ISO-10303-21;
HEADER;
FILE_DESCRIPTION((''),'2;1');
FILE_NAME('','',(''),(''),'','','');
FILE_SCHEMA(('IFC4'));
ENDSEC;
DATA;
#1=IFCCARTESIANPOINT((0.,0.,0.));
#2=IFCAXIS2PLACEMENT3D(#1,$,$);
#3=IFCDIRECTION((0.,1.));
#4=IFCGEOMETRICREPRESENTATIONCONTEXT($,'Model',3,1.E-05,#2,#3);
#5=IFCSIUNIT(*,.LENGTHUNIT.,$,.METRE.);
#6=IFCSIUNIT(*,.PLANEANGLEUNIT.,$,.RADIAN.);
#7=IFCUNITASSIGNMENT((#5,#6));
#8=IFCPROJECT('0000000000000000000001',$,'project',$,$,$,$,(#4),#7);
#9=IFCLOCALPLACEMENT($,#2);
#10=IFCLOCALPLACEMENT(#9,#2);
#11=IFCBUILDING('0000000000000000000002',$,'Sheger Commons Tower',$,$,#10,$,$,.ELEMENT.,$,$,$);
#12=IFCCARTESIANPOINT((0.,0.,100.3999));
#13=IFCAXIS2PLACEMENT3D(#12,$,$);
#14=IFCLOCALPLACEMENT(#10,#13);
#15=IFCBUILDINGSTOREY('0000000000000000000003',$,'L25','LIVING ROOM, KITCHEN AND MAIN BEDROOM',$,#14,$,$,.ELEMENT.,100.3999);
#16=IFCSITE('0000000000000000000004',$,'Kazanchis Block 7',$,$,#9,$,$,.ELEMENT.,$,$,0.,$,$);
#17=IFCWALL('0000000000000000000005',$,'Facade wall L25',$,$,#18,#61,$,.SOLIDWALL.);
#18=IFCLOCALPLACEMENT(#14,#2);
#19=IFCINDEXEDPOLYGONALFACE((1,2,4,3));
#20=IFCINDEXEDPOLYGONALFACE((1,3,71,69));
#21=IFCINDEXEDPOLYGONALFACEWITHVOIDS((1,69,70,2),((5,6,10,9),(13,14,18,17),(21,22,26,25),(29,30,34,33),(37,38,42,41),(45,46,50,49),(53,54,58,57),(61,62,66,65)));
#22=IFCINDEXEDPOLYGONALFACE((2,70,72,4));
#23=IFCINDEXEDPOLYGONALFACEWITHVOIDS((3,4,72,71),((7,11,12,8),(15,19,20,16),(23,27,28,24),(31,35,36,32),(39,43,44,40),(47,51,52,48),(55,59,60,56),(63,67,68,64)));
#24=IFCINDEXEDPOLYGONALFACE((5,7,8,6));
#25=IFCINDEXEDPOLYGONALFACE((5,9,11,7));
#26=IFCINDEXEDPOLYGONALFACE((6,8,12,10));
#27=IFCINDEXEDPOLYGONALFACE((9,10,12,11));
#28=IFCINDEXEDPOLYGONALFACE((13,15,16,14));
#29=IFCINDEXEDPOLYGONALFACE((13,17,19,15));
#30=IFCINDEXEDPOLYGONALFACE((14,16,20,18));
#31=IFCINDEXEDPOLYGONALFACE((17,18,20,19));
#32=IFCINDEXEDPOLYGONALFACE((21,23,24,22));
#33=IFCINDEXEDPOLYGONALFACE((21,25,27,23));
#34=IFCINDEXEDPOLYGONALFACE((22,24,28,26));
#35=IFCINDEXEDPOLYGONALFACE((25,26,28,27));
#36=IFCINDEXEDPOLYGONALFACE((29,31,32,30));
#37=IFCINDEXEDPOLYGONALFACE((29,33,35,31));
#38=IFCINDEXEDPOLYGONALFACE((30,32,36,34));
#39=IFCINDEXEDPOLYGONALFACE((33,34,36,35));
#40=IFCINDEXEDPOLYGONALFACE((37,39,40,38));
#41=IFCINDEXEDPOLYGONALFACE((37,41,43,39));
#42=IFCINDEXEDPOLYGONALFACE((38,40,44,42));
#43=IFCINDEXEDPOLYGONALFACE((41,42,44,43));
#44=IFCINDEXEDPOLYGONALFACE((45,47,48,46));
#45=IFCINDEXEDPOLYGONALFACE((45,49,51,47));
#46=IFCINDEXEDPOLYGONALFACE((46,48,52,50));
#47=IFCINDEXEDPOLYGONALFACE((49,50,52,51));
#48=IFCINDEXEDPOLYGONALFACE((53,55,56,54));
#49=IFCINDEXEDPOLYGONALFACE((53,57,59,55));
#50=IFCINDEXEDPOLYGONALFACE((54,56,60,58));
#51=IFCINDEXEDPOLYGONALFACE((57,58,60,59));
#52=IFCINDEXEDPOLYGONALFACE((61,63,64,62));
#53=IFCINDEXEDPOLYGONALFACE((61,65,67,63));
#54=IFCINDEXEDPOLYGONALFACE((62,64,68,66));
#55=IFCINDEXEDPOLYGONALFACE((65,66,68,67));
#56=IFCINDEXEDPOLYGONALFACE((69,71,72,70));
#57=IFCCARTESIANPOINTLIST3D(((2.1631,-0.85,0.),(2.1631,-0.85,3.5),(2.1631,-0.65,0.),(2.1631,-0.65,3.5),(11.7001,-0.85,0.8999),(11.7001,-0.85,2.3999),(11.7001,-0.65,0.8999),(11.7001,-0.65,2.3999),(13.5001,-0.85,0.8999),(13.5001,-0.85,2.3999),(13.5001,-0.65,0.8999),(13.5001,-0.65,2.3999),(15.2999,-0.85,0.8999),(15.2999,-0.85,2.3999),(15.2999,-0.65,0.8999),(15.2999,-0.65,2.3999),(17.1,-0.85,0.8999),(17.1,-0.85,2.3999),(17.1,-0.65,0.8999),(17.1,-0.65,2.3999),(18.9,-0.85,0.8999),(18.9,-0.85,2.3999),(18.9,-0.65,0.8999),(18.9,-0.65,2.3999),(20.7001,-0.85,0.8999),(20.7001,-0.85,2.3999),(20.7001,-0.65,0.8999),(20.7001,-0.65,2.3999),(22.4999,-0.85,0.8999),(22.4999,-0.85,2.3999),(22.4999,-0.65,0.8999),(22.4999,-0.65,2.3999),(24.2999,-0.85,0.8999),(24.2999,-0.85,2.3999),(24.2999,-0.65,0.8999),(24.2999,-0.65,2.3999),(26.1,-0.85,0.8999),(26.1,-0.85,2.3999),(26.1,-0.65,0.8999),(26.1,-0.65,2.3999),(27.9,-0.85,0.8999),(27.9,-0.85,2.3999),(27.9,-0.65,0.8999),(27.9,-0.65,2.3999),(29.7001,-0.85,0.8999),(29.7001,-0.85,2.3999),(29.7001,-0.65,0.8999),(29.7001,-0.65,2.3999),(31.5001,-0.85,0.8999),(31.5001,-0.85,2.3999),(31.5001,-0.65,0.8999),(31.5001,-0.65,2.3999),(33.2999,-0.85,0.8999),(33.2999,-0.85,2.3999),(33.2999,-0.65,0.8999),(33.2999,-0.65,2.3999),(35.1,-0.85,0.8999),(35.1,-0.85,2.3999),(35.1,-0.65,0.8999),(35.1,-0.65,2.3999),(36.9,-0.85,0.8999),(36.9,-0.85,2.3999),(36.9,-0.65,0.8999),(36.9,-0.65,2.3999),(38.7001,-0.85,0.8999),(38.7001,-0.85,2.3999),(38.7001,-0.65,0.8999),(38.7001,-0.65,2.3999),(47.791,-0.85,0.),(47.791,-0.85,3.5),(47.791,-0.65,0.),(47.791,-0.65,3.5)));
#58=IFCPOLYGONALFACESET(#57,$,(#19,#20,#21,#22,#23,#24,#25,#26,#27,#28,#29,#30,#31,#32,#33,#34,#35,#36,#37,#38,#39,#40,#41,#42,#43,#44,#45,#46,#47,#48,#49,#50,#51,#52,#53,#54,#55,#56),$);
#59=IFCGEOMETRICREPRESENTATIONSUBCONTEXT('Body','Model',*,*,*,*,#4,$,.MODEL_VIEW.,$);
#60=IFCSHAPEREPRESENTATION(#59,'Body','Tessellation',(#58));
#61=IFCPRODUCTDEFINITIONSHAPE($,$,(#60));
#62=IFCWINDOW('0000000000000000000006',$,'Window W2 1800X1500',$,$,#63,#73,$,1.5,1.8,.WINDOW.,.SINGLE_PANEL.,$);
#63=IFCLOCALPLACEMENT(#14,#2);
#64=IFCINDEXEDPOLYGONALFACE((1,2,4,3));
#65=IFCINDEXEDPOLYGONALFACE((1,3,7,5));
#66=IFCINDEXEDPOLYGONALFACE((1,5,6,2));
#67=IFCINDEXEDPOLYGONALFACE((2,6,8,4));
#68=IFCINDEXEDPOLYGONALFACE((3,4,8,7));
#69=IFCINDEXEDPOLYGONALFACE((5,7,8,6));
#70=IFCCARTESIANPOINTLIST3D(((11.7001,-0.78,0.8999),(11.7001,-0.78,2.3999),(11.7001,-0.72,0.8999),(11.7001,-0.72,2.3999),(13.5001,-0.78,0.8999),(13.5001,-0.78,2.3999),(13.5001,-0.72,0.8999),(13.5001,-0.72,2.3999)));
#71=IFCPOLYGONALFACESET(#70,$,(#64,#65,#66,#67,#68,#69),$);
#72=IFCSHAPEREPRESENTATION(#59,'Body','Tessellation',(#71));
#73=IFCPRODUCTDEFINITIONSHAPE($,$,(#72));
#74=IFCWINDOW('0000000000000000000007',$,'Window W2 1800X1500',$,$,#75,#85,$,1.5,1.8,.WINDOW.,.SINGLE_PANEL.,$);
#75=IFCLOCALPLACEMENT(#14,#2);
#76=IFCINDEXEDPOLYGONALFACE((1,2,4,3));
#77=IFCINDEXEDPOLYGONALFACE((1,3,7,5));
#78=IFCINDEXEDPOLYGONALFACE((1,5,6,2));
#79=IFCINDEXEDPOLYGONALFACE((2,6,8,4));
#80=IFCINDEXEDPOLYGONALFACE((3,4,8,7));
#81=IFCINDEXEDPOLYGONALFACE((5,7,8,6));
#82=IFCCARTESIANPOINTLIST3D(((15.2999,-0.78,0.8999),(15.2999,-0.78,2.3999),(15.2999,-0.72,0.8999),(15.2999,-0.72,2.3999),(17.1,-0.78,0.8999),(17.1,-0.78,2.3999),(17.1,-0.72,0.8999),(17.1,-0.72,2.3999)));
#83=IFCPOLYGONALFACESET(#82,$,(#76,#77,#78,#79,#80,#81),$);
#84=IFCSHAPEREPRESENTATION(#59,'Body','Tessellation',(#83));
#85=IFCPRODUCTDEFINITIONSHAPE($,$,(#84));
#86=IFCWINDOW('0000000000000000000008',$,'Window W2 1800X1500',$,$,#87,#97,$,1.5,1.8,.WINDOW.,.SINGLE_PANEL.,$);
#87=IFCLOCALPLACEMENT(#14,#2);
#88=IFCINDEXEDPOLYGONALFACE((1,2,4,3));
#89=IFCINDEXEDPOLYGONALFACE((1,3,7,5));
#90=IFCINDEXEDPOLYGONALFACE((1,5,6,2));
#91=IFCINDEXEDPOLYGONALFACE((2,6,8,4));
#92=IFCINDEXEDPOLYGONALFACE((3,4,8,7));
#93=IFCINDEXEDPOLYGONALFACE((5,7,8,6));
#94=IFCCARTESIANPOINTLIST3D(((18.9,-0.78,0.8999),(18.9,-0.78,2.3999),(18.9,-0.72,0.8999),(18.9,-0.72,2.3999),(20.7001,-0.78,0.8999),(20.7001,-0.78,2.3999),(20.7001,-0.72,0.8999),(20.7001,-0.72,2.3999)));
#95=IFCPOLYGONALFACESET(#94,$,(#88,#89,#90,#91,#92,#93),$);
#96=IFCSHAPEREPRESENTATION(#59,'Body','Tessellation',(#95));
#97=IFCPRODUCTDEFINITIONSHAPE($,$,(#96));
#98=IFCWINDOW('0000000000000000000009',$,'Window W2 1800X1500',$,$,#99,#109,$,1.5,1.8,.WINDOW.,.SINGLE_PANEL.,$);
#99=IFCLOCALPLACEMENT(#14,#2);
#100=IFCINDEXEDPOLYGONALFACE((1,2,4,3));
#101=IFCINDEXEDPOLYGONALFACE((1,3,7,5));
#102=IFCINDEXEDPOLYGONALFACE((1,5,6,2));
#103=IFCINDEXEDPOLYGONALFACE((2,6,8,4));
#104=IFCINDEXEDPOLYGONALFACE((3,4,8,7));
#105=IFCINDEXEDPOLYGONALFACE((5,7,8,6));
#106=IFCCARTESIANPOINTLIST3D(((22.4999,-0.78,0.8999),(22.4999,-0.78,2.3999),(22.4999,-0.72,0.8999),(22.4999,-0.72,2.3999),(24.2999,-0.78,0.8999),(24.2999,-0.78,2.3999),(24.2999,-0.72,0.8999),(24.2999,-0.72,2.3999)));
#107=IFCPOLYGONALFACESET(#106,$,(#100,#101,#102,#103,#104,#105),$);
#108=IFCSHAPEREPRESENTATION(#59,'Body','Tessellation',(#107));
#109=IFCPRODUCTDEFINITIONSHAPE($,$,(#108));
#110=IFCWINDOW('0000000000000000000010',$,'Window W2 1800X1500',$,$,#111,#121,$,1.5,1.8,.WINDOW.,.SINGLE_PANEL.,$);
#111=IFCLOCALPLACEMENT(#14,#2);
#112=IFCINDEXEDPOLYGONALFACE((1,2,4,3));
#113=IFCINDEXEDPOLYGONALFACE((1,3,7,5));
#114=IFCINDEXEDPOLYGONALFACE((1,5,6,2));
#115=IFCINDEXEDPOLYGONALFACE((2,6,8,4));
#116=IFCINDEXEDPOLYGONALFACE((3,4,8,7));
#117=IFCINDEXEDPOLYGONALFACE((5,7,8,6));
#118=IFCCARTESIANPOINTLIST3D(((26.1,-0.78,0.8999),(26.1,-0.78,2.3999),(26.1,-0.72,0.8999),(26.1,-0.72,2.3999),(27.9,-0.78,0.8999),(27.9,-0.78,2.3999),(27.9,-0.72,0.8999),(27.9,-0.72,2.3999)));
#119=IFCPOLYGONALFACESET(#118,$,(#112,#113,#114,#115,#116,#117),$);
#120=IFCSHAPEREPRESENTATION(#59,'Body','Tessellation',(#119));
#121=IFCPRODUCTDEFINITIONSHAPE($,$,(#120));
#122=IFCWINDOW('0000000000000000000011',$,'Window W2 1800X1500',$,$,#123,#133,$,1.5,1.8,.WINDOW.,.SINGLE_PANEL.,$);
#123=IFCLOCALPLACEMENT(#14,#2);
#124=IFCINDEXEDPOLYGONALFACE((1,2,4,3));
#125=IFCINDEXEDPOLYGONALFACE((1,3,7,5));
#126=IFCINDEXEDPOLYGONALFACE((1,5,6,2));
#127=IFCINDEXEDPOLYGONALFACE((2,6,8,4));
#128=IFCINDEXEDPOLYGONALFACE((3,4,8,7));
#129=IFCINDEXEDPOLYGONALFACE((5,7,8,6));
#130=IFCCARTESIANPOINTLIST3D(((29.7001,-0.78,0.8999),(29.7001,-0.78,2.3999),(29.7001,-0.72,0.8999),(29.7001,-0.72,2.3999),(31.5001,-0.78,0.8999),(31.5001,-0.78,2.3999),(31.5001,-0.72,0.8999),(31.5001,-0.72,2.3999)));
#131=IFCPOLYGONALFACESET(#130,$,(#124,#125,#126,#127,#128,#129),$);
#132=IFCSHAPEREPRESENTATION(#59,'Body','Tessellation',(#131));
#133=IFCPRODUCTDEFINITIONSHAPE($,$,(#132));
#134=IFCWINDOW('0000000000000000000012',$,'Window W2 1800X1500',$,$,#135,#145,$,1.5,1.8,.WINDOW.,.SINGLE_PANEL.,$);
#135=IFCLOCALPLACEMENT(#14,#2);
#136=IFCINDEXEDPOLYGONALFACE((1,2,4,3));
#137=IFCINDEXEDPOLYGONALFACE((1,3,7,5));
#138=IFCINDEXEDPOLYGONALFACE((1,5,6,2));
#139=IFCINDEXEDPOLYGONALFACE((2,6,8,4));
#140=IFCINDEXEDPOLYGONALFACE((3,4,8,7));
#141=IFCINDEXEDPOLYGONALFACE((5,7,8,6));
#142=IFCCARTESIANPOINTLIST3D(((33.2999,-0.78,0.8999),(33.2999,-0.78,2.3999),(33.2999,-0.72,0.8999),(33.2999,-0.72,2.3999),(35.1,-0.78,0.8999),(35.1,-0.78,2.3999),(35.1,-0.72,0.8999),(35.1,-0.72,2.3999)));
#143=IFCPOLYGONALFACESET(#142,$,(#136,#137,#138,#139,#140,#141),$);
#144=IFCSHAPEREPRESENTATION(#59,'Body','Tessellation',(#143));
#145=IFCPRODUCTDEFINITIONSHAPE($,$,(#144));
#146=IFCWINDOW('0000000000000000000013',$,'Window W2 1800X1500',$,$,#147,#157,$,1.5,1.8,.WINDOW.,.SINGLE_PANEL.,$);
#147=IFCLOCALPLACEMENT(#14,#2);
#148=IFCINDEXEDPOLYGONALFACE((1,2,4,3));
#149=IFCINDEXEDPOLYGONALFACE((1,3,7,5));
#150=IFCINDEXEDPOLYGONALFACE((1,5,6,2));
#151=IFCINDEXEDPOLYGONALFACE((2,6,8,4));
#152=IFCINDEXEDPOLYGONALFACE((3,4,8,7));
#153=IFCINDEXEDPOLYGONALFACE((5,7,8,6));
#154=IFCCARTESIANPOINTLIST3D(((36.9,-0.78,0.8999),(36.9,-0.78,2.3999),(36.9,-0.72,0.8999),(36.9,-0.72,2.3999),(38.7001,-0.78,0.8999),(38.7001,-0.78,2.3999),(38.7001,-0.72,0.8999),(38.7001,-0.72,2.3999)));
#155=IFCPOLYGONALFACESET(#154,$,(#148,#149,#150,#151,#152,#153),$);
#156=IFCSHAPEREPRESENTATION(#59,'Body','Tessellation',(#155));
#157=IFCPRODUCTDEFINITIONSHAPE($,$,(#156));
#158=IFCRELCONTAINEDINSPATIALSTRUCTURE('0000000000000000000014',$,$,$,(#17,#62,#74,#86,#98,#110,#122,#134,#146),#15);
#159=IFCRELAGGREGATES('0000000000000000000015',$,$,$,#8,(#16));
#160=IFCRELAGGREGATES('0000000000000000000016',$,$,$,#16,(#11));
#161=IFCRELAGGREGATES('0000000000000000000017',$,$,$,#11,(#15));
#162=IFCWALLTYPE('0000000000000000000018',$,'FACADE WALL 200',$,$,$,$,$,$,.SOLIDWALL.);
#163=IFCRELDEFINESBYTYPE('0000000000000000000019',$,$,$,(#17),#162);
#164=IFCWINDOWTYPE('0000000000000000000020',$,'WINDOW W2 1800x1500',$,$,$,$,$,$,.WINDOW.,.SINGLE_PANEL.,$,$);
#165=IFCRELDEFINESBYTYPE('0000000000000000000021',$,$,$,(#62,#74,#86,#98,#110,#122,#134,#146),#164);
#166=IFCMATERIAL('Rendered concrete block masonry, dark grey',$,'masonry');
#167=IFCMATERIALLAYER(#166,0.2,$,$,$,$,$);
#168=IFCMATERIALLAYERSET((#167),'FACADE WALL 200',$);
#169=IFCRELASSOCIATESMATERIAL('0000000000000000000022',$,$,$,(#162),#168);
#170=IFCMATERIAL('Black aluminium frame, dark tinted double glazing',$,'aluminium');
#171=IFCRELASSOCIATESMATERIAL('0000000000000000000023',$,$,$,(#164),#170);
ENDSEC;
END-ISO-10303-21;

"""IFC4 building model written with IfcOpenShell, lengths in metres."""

from ifc_helpers import new_model, si_unit, direction, frame, frame_2d, origin, place, context, subcontext, project, spatial, rectangle, extrude, material, layer, layer_set, type_object, element, fill, save


model = new_model("IFC4")

# Units and contexts
model_context = context("Model", 3, precision=1e-05, world=origin(), true_north=direction((0.0, 1.0)))
body_context = subcontext(model_context, "Body", "Model", "MODEL_VIEW")
ifc_project = project(units=[si_unit("LENGTHUNIT", "METRE"), si_unit("PLANEANGLEUNIT", "RADIAN")], contexts=[model_context])

# Site, building, storey
site_placement = place(None, origin())
site = spatial("IfcSite", under=ifc_project, at=site_placement, Name="Kazanchis Block 7", CompositionType="ELEMENT", RefElevation=0.0)
building_placement = place(site_placement, origin())
building = spatial("IfcBuilding", under=site, at=building_placement, Name="Sheger Commons Tower", CompositionType="ELEMENT")
storey_placement = place(building_placement, frame((0.0, 0.0, 100.3999)))
storey = spatial("IfcBuildingStorey", under=building, at=storey_placement, Name="L25", Description="LIVING ROOM, KITCHEN AND MAIN BEDROOM", CompositionType="ELEMENT", Elevation=100.3999)

# Wall, openings, windows
ifc_material_1 = material(Name="Rendered concrete block masonry, dark grey", Category="masonry")
ifc_layer_1 = layer(ifc_material_1, 0.2)
ifc_layer_set_1 = layer_set([ifc_layer_1], Name="FACADE WALL 200")
wall_type_1 = type_object("IfcWallType", Name="FACADE WALL 200", PredefinedType="SOLIDWALL", material=ifc_layer_set_1)
wall_1_placement = place(storey_placement, frame((2.1631, -0.75, 0.0), z_axis=(0.0, 0.0, 1.0), x_axis=(1.0, 0.0, 0.0)))
wall_1 = element("IfcWall", 1, at=wall_1_placement, inside=storey, type_object=wall_type_1, Name="Facade wall L25", PredefinedType="SOLIDWALL", context=body_context, shape_type="SweptSolid", body=[
    extrude(rectangle(XDim=45.6279, YDim=0.2, at=frame_2d((22.814, 0.0))), origin(), (0.0, 0.0, 1.0), 3.5),
])
opening_1_placement = place(wall_1_placement, frame((9.5371, 0.0, 0.8999)))
opening_1 = element("IfcOpeningElement", 2, at=opening_1_placement, cuts=wall_1, PredefinedType="OPENING", context=body_context, shape_type="SweptSolid", body=[
    extrude(rectangle(XDim=1.8, YDim=1.5, at=frame_2d((0.8999, 0.75))), frame((0.0, 0.1099, 0.0), z_axis=(0.0, -1.0, 0.0), x_axis=(1.0, 0.0, 0.0)), (0.0, 0.0, 1.0), 0.22),
])
opening_2_placement = place(wall_1_placement, frame((13.137, 0.0, 0.8999)))
opening_2 = element("IfcOpeningElement", 3, at=opening_2_placement, cuts=wall_1, PredefinedType="OPENING", context=body_context, shape_type="SweptSolid", body=[
    extrude(rectangle(XDim=1.8, YDim=1.5, at=frame_2d((0.8999, 0.75))), frame((0.0, 0.1099, 0.0), z_axis=(0.0, -1.0, 0.0), x_axis=(1.0, 0.0, 0.0)), (0.0, 0.0, 1.0), 0.22),
])
opening_3_placement = place(wall_1_placement, frame((16.7371, 0.0, 0.8999)))
opening_3 = element("IfcOpeningElement", 4, at=opening_3_placement, cuts=wall_1, PredefinedType="OPENING", context=body_context, shape_type="SweptSolid", body=[
    extrude(rectangle(XDim=1.8, YDim=1.5, at=frame_2d((0.8999, 0.75))), frame((0.0, 0.1099, 0.0), z_axis=(0.0, -1.0, 0.0), x_axis=(1.0, 0.0, 0.0)), (0.0, 0.0, 1.0), 0.22),
])
opening_4_placement = place(wall_1_placement, frame((20.3369, 0.0, 0.8999)))
opening_4 = element("IfcOpeningElement", 5, at=opening_4_placement, cuts=wall_1, PredefinedType="OPENING", context=body_context, shape_type="SweptSolid", body=[
    extrude(rectangle(XDim=1.8, YDim=1.5, at=frame_2d((0.8999, 0.75))), frame((0.0, 0.1099, 0.0), z_axis=(0.0, -1.0, 0.0), x_axis=(1.0, 0.0, 0.0)), (0.0, 0.0, 1.0), 0.22),
])
opening_5_placement = place(wall_1_placement, frame((23.937, 0.0, 0.8999)))
opening_5 = element("IfcOpeningElement", 6, at=opening_5_placement, cuts=wall_1, PredefinedType="OPENING", context=body_context, shape_type="SweptSolid", body=[
    extrude(rectangle(XDim=1.8, YDim=1.5, at=frame_2d((0.8999, 0.75))), frame((0.0, 0.1099, 0.0), z_axis=(0.0, -1.0, 0.0), x_axis=(1.0, 0.0, 0.0)), (0.0, 0.0, 1.0), 0.22),
])
opening_6_placement = place(wall_1_placement, frame((27.5371, 0.0, 0.8999)))
opening_6 = element("IfcOpeningElement", 7, at=opening_6_placement, cuts=wall_1, PredefinedType="OPENING", context=body_context, shape_type="SweptSolid", body=[
    extrude(rectangle(XDim=1.8, YDim=1.5, at=frame_2d((0.8999, 0.75))), frame((0.0, 0.1099, 0.0), z_axis=(0.0, -1.0, 0.0), x_axis=(1.0, 0.0, 0.0)), (0.0, 0.0, 1.0), 0.22),
])
opening_7_placement = place(wall_1_placement, frame((31.137, 0.0, 0.8999)))
opening_7 = element("IfcOpeningElement", 8, at=opening_7_placement, cuts=wall_1, PredefinedType="OPENING", context=body_context, shape_type="SweptSolid", body=[
    extrude(rectangle(XDim=1.8, YDim=1.5, at=frame_2d((0.8999, 0.75))), frame((0.0, 0.1099, 0.0), z_axis=(0.0, -1.0, 0.0), x_axis=(1.0, 0.0, 0.0)), (0.0, 0.0, 1.0), 0.22),
])
opening_8_placement = place(wall_1_placement, frame((34.7371, 0.0, 0.8999)))
opening_8 = element("IfcOpeningElement", 9, at=opening_8_placement, cuts=wall_1, PredefinedType="OPENING", context=body_context, shape_type="SweptSolid", body=[
    extrude(rectangle(XDim=1.8, YDim=1.5, at=frame_2d((0.8999, 0.75))), frame((0.0, 0.1099, 0.0), z_axis=(0.0, -1.0, 0.0), x_axis=(1.0, 0.0, 0.0)), (0.0, 0.0, 1.0), 0.22),
])
ifc_material_2 = material(Name="Black aluminium frame, dark tinted double glazing", Category="aluminium")
window_type = type_object("IfcWindowType", Name="WINDOW W2 1800x1500", PartitioningType="SINGLE_PANEL", PredefinedType="WINDOW", material=ifc_material_2)
window_1_placement = place(opening_1_placement, origin())
window_1 = element("IfcWindow", 10, at=window_1_placement, inside=storey, type_object=window_type, Name="Window W2 1800X1500", OverallHeight=1.5, OverallWidth=1.8, PartitioningType="SINGLE_PANEL", PredefinedType="WINDOW", context=body_context, shape_type="SweptSolid", body=[
    extrude(rectangle(XDim=1.8, YDim=1.5, at=frame_2d((0.8999, 0.75))), frame((0.0, 0.03, 0.0), z_axis=(0.0, -1.0, 0.0), x_axis=(1.0, 0.0, 0.0)), (0.0, 0.0, 1.0), 0.0601),
])
fill(opening_1, window_1)
window_2_placement = place(opening_2_placement, origin())
window_2 = element("IfcWindow", 11, at=window_2_placement, inside=storey, type_object=window_type, Name="Window W2 1800X1500", OverallHeight=1.5, OverallWidth=1.8, PartitioningType="SINGLE_PANEL", PredefinedType="WINDOW", context=body_context, shape_type="SweptSolid", body=[
    extrude(rectangle(XDim=1.8, YDim=1.5, at=frame_2d((0.8999, 0.75))), frame((0.0, 0.03, 0.0), z_axis=(0.0, -1.0, 0.0), x_axis=(1.0, 0.0, 0.0)), (0.0, 0.0, 1.0), 0.0601),
])
fill(opening_2, window_2)
window_3_placement = place(opening_3_placement, origin())
window_3 = element("IfcWindow", 12, at=window_3_placement, inside=storey, type_object=window_type, Name="Window W2 1800X1500", OverallHeight=1.5, OverallWidth=1.8, PartitioningType="SINGLE_PANEL", PredefinedType="WINDOW", context=body_context, shape_type="SweptSolid", body=[
    extrude(rectangle(XDim=1.8, YDim=1.5, at=frame_2d((0.8999, 0.75))), frame((0.0, 0.03, 0.0), z_axis=(0.0, -1.0, 0.0), x_axis=(1.0, 0.0, 0.0)), (0.0, 0.0, 1.0), 0.0601),
])
fill(opening_3, window_3)
window_4_placement = place(opening_4_placement, origin())
window_4 = element("IfcWindow", 13, at=window_4_placement, inside=storey, type_object=window_type, Name="Window W2 1800X1500", OverallHeight=1.5, OverallWidth=1.8, PartitioningType="SINGLE_PANEL", PredefinedType="WINDOW", context=body_context, shape_type="SweptSolid", body=[
    extrude(rectangle(XDim=1.8, YDim=1.5, at=frame_2d((0.8999, 0.75))), frame((0.0, 0.03, 0.0), z_axis=(0.0, -1.0, 0.0), x_axis=(1.0, 0.0, 0.0)), (0.0, 0.0, 1.0), 0.0601),
])
fill(opening_4, window_4)
window_5_placement = place(opening_5_placement, origin())
window_5 = element("IfcWindow", 14, at=window_5_placement, inside=storey, type_object=window_type, Name="Window W2 1800X1500", OverallHeight=1.5, OverallWidth=1.8, PartitioningType="SINGLE_PANEL", PredefinedType="WINDOW", context=body_context, shape_type="SweptSolid", body=[
    extrude(rectangle(XDim=1.8, YDim=1.5, at=frame_2d((0.8999, 0.75))), frame((0.0, 0.03, 0.0), z_axis=(0.0, -1.0, 0.0), x_axis=(1.0, 0.0, 0.0)), (0.0, 0.0, 1.0), 0.0601),
])
fill(opening_5, window_5)
window_6_placement = place(opening_6_placement, origin())
window_6 = element("IfcWindow", 15, at=window_6_placement, inside=storey, type_object=window_type, Name="Window W2 1800X1500", OverallHeight=1.5, OverallWidth=1.8, PartitioningType="SINGLE_PANEL", PredefinedType="WINDOW", context=body_context, shape_type="SweptSolid", body=[
    extrude(rectangle(XDim=1.8, YDim=1.5, at=frame_2d((0.8999, 0.75))), frame((0.0, 0.03, 0.0), z_axis=(0.0, -1.0, 0.0), x_axis=(1.0, 0.0, 0.0)), (0.0, 0.0, 1.0), 0.0601),
])
fill(opening_6, window_6)
window_7_placement = place(opening_7_placement, origin())
window_7 = element("IfcWindow", 16, at=window_7_placement, inside=storey, type_object=window_type, Name="Window W2 1800X1500", OverallHeight=1.5, OverallWidth=1.8, PartitioningType="SINGLE_PANEL", PredefinedType="WINDOW", context=body_context, shape_type="SweptSolid", body=[
    extrude(rectangle(XDim=1.8, YDim=1.5, at=frame_2d((0.8999, 0.75))), frame((0.0, 0.03, 0.0), z_axis=(0.0, -1.0, 0.0), x_axis=(1.0, 0.0, 0.0)), (0.0, 0.0, 1.0), 0.0601),
])
fill(opening_7, window_7)
window_8_placement = place(opening_8_placement, origin())
window_8 = element("IfcWindow", 17, at=window_8_placement, inside=storey, type_object=window_type, Name="Window W2 1800X1500", OverallHeight=1.5, OverallWidth=1.8, PartitioningType="SINGLE_PANEL", PredefinedType="WINDOW", context=body_context, shape_type="SweptSolid", body=[
    extrude(rectangle(XDim=1.8, YDim=1.5, at=frame_2d((0.8999, 0.75))), frame((0.0, 0.03, 0.0), z_axis=(0.0, -1.0, 0.0), x_axis=(1.0, 0.0, 0.0)), (0.0, 0.0, 1.0), 0.0601),
])
fill(opening_8, window_8)

save(model, "model.ifc")
